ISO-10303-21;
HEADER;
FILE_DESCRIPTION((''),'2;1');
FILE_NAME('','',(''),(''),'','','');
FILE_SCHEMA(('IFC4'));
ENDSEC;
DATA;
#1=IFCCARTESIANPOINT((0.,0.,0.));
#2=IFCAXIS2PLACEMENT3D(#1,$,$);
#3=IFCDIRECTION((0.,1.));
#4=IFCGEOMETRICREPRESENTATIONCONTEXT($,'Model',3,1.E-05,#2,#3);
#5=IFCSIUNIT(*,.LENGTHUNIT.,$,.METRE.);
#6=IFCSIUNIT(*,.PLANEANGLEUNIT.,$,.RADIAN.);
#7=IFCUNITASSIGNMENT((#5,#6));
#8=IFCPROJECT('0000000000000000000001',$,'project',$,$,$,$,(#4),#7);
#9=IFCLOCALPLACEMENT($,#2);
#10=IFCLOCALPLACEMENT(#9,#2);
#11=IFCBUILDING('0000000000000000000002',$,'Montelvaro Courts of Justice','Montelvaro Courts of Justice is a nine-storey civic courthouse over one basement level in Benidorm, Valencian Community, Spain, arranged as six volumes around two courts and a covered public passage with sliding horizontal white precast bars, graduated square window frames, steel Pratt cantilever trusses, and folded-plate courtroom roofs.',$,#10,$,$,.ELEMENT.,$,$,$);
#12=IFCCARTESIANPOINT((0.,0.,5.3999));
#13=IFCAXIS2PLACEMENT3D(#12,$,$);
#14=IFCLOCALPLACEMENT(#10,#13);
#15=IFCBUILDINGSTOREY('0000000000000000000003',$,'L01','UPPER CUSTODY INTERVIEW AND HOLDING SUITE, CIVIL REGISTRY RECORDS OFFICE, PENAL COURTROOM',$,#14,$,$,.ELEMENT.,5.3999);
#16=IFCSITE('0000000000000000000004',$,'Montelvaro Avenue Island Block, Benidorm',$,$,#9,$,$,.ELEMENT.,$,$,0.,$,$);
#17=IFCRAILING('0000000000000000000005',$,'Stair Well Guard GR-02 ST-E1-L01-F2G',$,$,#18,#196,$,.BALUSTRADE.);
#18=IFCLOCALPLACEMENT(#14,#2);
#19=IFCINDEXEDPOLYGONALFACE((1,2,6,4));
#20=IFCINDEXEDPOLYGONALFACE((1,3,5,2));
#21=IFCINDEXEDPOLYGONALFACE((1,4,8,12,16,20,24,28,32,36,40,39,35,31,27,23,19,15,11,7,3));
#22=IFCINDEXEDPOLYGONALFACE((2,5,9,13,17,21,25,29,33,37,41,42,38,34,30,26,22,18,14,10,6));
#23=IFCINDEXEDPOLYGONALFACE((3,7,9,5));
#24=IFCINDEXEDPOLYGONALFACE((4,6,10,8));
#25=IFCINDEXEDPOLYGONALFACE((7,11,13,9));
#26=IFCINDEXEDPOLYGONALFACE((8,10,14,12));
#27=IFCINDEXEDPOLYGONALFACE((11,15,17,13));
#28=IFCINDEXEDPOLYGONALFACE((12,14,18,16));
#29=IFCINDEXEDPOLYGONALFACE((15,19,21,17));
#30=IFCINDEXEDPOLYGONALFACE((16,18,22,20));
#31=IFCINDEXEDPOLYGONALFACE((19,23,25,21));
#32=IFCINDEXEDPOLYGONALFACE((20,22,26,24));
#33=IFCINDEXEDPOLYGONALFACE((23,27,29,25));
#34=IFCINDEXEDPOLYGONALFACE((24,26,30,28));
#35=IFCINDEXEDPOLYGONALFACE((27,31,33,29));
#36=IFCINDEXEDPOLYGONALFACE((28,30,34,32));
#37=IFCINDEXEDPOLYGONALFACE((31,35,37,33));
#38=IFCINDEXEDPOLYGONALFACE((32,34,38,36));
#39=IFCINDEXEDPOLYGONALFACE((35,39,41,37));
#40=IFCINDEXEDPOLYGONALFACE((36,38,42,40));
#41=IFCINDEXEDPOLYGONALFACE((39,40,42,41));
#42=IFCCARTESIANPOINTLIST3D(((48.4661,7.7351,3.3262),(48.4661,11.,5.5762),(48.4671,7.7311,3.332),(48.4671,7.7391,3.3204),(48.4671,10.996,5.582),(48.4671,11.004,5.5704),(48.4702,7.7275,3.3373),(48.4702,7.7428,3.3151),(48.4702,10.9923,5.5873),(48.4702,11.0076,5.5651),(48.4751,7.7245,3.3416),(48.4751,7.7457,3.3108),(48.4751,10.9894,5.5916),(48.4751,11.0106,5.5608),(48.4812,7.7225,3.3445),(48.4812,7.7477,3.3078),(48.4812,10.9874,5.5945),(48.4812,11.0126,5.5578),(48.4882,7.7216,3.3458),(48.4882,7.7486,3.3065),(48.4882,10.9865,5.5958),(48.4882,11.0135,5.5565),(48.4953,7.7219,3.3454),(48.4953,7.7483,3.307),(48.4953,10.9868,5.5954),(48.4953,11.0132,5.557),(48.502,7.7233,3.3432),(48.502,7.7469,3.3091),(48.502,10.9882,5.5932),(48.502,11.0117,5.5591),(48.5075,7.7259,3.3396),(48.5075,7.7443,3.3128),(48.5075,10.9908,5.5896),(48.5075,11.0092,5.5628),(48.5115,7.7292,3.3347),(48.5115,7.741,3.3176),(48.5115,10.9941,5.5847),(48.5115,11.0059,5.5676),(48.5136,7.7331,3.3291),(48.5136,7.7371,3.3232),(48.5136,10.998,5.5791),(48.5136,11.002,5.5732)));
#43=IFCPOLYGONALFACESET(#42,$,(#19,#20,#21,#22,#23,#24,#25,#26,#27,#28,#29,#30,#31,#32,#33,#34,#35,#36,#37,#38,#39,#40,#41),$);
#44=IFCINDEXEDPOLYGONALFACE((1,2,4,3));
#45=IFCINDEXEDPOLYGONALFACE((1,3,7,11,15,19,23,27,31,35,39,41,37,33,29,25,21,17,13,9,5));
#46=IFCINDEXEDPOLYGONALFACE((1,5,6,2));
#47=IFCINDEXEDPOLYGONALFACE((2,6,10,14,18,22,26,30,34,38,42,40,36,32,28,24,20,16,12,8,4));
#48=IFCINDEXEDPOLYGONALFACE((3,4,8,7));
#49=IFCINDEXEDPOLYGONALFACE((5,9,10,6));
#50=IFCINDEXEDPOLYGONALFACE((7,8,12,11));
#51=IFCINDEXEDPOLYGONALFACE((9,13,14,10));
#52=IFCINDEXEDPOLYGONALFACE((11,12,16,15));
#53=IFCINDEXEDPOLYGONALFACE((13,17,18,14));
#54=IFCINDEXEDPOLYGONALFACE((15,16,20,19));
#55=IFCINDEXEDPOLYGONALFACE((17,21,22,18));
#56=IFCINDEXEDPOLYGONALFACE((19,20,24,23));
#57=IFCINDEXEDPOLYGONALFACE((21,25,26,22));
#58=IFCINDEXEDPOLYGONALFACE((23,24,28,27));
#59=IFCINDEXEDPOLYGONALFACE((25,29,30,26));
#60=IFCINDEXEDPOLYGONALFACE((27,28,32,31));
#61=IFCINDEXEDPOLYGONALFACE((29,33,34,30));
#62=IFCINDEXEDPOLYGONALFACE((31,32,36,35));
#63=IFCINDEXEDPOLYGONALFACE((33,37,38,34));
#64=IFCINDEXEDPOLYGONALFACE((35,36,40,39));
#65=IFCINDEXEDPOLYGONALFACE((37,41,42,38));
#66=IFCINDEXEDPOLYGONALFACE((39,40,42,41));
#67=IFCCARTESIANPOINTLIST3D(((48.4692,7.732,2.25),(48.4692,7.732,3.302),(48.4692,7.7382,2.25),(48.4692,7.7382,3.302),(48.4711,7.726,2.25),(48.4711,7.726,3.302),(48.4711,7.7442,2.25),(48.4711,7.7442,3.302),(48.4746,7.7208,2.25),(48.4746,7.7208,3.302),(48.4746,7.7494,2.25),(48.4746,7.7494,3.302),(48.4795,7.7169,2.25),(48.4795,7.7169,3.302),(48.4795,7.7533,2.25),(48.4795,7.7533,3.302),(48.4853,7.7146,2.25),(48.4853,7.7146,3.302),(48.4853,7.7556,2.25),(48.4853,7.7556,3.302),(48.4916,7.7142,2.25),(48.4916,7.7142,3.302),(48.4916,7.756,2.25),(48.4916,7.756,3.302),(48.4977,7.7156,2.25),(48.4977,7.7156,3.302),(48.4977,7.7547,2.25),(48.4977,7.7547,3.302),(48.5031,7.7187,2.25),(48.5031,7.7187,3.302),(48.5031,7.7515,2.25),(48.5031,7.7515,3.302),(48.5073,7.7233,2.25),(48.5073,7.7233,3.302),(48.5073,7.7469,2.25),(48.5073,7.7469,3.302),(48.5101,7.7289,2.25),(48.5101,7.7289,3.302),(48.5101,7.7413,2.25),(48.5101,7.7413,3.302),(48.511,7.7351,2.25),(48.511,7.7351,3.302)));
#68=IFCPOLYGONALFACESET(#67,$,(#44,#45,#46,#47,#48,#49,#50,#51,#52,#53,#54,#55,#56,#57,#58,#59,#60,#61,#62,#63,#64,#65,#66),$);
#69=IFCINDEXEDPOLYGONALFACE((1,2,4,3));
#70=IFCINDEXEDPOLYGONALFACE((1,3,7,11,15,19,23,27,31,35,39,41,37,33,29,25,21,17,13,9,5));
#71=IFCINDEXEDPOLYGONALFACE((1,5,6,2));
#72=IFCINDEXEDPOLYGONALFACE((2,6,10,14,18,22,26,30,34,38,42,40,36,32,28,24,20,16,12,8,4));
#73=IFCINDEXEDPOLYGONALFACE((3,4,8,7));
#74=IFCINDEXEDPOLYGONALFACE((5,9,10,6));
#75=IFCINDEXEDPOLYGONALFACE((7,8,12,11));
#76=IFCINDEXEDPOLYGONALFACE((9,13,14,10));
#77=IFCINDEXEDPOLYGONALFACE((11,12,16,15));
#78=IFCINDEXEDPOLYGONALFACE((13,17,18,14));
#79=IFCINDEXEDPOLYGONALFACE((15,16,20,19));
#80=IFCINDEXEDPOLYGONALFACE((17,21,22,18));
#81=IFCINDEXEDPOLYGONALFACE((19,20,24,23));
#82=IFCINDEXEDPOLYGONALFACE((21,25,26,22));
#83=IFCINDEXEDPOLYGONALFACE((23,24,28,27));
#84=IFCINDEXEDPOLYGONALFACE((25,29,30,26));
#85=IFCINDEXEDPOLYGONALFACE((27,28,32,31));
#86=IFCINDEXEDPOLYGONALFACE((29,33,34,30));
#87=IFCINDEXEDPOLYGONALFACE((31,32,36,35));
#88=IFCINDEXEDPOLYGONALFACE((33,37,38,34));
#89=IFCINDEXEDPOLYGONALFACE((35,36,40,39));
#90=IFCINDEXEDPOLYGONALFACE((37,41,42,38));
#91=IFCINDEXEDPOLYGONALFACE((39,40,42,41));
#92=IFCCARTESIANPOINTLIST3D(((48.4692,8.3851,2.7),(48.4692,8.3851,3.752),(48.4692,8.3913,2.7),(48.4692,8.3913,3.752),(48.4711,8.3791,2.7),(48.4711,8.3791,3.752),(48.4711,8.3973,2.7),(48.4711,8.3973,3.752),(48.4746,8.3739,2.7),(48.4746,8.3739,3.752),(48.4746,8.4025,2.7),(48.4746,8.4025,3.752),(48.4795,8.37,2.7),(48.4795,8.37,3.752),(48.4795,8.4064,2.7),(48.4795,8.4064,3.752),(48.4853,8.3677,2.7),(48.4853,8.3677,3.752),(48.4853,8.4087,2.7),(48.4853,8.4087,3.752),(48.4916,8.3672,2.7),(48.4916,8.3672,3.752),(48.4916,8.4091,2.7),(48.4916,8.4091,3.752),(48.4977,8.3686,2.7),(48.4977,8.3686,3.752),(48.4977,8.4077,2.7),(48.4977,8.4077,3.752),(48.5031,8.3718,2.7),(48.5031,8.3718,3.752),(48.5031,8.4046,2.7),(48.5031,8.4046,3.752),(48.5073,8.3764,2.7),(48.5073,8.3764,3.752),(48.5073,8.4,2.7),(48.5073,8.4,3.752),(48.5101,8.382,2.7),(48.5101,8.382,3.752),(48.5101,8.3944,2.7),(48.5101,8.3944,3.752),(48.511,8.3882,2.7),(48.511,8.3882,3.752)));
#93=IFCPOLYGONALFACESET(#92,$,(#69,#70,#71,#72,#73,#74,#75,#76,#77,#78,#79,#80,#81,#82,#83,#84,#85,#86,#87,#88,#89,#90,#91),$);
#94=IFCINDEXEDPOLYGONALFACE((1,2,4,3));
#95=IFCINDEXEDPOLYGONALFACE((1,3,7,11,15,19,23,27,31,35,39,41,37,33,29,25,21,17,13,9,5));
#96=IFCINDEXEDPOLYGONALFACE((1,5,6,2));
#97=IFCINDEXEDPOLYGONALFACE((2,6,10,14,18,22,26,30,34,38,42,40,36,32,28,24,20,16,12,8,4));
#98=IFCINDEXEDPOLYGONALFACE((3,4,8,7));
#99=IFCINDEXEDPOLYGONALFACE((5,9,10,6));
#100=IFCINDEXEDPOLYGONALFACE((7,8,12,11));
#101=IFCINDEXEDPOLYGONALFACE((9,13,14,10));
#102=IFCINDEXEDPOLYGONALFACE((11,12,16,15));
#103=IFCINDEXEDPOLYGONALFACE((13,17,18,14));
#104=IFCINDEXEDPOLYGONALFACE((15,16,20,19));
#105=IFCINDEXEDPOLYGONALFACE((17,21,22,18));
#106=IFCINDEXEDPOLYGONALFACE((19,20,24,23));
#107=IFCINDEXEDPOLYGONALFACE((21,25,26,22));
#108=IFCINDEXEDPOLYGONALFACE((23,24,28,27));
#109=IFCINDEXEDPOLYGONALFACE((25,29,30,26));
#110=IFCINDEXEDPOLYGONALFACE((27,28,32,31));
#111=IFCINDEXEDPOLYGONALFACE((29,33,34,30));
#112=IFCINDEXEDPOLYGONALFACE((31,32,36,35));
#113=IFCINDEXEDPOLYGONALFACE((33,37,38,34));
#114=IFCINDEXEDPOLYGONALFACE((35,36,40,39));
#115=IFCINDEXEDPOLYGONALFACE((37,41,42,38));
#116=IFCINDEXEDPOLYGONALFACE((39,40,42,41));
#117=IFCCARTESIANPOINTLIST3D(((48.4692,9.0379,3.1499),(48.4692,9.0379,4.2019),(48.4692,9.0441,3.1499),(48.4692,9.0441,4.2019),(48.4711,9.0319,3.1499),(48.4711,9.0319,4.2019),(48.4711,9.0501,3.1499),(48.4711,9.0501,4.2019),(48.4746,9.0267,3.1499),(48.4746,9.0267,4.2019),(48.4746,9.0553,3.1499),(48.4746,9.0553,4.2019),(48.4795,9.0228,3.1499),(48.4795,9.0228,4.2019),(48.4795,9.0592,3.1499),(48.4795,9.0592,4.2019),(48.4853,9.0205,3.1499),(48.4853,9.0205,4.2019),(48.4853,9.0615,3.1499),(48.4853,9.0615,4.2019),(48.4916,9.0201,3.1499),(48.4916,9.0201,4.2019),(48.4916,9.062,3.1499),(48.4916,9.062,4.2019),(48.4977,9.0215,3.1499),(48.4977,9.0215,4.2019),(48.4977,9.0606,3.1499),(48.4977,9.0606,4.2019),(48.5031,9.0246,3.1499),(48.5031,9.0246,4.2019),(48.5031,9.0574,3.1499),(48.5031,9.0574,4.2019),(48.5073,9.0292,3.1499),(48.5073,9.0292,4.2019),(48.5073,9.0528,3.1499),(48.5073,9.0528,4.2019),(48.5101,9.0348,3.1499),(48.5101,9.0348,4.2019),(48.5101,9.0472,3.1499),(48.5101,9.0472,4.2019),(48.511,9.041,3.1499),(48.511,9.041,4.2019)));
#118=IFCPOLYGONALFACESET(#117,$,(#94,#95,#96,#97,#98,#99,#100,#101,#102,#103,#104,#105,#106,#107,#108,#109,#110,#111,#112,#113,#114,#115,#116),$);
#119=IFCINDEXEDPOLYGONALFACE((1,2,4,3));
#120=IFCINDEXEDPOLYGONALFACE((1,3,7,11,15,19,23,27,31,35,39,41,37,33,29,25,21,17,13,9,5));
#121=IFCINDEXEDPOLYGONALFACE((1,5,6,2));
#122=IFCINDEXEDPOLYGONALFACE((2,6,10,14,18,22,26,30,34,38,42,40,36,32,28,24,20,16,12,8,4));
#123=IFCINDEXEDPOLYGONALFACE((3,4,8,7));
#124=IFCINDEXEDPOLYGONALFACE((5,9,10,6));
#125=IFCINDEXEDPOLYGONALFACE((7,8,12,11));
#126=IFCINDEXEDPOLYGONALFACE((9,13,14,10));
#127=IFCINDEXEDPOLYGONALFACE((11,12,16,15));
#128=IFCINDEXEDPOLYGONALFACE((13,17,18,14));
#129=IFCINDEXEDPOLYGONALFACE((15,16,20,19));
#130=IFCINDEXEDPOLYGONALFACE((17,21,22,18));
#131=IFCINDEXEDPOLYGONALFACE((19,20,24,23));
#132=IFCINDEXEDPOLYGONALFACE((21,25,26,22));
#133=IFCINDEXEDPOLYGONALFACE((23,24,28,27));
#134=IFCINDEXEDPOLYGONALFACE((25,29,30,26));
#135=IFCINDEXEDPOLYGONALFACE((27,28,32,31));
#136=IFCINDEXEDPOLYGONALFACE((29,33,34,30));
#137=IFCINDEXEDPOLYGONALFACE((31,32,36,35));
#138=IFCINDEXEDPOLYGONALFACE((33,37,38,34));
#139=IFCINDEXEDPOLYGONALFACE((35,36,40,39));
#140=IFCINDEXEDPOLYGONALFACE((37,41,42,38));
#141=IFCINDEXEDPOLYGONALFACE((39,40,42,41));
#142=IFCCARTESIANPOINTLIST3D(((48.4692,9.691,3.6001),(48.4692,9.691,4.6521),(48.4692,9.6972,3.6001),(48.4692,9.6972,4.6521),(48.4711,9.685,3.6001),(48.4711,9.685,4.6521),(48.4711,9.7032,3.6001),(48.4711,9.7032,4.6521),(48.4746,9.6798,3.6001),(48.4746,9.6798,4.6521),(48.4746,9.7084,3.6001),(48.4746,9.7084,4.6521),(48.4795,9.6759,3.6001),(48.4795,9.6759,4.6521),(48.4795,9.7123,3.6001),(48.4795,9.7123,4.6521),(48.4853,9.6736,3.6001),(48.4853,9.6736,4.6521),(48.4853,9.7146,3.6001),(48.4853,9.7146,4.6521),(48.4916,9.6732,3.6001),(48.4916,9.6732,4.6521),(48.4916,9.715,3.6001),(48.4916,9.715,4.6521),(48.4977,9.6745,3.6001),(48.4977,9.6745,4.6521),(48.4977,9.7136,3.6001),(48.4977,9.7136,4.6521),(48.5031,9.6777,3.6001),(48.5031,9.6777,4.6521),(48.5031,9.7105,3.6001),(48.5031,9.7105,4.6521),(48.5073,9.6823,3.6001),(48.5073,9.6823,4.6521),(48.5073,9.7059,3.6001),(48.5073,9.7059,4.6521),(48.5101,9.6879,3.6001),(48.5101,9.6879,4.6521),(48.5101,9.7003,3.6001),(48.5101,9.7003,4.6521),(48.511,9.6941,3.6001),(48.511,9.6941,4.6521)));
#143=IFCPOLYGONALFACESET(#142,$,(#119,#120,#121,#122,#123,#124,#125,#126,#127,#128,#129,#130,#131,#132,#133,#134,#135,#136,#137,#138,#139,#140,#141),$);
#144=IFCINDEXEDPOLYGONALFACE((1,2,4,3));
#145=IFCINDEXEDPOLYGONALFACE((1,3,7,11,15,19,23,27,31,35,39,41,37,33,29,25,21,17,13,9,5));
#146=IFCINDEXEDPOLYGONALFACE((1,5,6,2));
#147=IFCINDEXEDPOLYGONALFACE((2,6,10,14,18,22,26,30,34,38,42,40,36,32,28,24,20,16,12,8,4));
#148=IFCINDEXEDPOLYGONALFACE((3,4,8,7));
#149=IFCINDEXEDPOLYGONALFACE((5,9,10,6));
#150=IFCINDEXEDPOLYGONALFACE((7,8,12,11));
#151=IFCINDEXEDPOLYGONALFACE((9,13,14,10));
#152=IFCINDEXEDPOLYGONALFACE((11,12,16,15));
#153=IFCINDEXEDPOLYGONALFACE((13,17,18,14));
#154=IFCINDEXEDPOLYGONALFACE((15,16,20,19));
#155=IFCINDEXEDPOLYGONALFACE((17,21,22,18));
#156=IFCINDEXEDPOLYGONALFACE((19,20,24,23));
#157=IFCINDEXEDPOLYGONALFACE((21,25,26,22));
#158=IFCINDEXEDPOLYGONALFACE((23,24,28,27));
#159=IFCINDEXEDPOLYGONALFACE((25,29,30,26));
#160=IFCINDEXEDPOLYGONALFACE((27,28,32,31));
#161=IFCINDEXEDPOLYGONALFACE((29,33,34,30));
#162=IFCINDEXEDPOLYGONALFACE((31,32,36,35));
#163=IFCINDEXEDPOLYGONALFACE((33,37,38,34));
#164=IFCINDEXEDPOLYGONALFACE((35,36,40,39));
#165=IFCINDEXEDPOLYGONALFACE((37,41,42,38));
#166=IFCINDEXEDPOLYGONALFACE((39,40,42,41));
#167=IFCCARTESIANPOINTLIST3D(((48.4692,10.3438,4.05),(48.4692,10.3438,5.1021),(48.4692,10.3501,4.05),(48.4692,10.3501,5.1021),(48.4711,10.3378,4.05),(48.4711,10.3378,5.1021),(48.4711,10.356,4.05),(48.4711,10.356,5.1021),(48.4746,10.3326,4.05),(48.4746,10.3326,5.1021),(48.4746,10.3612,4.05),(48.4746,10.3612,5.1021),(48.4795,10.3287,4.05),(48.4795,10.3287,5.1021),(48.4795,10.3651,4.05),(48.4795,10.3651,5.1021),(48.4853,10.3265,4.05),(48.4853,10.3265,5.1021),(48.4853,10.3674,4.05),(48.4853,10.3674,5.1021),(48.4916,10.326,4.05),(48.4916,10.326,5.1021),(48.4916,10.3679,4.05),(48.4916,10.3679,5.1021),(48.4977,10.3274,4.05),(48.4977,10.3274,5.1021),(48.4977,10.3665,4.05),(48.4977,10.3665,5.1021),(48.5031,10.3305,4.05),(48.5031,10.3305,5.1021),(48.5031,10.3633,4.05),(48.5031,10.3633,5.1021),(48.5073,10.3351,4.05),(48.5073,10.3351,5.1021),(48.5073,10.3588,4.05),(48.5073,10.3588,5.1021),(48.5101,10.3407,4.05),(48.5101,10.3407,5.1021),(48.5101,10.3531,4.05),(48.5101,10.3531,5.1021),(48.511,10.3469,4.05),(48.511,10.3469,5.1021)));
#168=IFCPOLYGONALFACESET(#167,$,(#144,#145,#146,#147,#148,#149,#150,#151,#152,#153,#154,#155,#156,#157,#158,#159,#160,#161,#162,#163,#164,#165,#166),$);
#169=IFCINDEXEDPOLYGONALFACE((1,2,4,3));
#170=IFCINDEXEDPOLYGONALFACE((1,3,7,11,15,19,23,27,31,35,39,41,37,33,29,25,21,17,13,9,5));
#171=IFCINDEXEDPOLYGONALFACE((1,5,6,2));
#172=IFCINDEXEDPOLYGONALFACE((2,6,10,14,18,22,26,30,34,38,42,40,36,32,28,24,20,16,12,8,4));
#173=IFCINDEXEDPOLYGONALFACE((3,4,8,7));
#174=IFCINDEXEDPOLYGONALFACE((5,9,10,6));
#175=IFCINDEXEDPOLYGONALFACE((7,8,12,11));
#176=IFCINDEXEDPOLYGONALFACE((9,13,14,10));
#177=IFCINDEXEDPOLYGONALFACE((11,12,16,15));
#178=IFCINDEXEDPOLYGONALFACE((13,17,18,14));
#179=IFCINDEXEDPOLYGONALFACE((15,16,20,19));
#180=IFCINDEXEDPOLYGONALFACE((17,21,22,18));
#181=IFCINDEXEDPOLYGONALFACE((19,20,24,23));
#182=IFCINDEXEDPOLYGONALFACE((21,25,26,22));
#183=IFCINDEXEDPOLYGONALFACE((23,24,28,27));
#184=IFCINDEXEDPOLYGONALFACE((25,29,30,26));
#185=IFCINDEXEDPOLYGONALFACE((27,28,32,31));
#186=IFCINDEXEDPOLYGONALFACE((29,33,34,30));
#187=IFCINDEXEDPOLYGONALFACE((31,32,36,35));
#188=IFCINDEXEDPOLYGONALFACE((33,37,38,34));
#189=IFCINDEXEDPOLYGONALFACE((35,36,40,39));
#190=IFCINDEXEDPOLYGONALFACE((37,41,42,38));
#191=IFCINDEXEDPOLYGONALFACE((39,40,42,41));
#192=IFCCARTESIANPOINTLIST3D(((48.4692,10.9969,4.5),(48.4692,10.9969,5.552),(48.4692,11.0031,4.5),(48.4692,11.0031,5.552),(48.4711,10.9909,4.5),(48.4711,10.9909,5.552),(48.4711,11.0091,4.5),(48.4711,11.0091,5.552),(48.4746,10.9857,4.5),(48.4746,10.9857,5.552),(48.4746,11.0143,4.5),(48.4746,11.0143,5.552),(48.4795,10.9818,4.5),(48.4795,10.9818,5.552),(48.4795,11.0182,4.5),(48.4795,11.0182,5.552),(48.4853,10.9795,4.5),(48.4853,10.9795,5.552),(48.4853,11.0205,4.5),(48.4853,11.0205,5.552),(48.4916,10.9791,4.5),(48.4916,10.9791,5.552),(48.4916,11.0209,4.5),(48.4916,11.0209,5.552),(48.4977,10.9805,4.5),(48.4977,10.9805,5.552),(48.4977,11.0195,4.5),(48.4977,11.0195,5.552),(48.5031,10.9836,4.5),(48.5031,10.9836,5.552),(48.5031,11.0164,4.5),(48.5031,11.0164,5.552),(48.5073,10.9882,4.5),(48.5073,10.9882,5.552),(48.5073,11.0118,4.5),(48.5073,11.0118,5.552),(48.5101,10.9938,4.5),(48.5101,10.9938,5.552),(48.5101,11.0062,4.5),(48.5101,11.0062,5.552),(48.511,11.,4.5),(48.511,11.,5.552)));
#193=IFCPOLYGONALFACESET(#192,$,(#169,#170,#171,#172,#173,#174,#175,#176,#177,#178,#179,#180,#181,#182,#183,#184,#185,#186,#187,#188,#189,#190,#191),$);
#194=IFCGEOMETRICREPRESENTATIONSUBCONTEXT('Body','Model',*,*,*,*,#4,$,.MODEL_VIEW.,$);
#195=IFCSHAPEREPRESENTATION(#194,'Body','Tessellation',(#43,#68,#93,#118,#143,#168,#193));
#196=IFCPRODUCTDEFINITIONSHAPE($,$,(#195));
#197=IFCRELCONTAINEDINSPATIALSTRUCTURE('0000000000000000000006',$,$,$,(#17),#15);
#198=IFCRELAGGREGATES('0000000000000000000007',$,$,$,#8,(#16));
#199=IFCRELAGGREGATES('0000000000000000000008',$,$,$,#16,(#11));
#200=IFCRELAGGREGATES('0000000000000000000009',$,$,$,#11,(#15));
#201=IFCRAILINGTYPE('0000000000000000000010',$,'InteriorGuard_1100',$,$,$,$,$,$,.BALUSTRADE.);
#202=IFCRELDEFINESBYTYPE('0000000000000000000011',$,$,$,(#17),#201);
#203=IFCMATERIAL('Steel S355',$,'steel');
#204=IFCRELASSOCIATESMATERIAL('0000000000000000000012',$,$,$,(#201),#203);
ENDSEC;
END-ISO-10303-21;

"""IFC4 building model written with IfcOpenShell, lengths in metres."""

from ifc_helpers import new_model, si_unit, direction, frame, origin, origin_2d, place, context, subcontext, project, spatial, circle, extrude, material, type_object, element, save


model = new_model("IFC4")

# Units and contexts
model_context = context("Model", 3, precision=1e-05, world=origin(), true_north=direction((0.0, 1.0)))
body_context = subcontext(model_context, "Body", "Model", "MODEL_VIEW")
ifc_project = project(units=[si_unit("LENGTHUNIT", "METRE"), si_unit("PLANEANGLEUNIT", "RADIAN")], contexts=[model_context])

# Site, building, storey
site_placement = place(None, origin())
site = spatial("IfcSite", under=ifc_project, at=site_placement, Name="Montelvaro Avenue Island Block, Benidorm", CompositionType="ELEMENT", RefElevation=0.0)
building_placement = place(site_placement, origin())
building = spatial("IfcBuilding", under=site, at=building_placement, Name="Montelvaro Courts of Justice", Description="Montelvaro Courts of Justice is a nine-storey civic courthouse over one basement level in Benidorm, Valencian Community, Spain, arranged as six volumes around two courts and a covered public passage with sliding horizontal white precast bars, graduated square window frames, steel Pratt cantilever trusses, and folded-plate courtroom roofs.", CompositionType="ELEMENT")
storey_placement = place(building_placement, frame((0.0, 0.0, 5.3999)))
storey = spatial("IfcBuildingStorey", under=building, at=storey_placement, Name="L01", Description="UPPER CUSTODY INTERVIEW AND HOLDING SUITE, CIVIL REGISTRY RECORDS OFFICE, PENAL COURTROOM", CompositionType="ELEMENT", Elevation=5.3999)

# Shared definitions
ifc_material_1 = material(Name="Steel S355", Category="steel")

# Railing
railing_type_1 = type_object("IfcRailingType", Name="InteriorGuard_1100", PredefinedType="BALUSTRADE", material=ifc_material_1)
railing_1_placement = place(storey_placement, frame((48.49, 7.7351, 2.25)))
element("IfcRailing", 1, at=railing_1_placement, inside=storey, type_object=railing_type_1, Name="Stair Well Guard GR-02 ST-E1-L01-F2G", PredefinedType="BALUSTRADE", context=body_context, shape_type="SweptSolid", body=[
    extrude(circle(Radius=0.0239, at=origin_2d()), frame((0.0, 0.0, 1.0762), z_axis=(0.0, 0.823407, 0.567451), x_axis=(-1.0, 0.0, 0.0)), (0.0, 0.0, 1.0), 3.9651),
    extrude(circle(Radius=0.021, at=origin_2d()), origin(), (0.0, 0.0, 1.0), 1.052),
    extrude(circle(Radius=0.021, at=origin_2d()), frame((0.0, 0.6531, 0.45)), (0.0, 0.0, 1.0), 1.052),
    extrude(circle(Radius=0.021, at=origin_2d()), frame((0.0, 1.3059, 0.8999)), (0.0, 0.0, 1.0), 1.052),
    extrude(circle(Radius=0.021, at=origin_2d()), frame((0.0, 1.959, 1.3501)), (0.0, 0.0, 1.0), 1.052),
    extrude(circle(Radius=0.021, at=origin_2d()), frame((0.0, 2.6118, 1.8)), (0.0, 0.0, 1.0), 1.052),
    extrude(circle(Radius=0.021, at=origin_2d()), frame((0.0, 3.2649, 2.25)), (0.0, 0.0, 1.0), 1.052),
])

save(model, "model.ifc")
